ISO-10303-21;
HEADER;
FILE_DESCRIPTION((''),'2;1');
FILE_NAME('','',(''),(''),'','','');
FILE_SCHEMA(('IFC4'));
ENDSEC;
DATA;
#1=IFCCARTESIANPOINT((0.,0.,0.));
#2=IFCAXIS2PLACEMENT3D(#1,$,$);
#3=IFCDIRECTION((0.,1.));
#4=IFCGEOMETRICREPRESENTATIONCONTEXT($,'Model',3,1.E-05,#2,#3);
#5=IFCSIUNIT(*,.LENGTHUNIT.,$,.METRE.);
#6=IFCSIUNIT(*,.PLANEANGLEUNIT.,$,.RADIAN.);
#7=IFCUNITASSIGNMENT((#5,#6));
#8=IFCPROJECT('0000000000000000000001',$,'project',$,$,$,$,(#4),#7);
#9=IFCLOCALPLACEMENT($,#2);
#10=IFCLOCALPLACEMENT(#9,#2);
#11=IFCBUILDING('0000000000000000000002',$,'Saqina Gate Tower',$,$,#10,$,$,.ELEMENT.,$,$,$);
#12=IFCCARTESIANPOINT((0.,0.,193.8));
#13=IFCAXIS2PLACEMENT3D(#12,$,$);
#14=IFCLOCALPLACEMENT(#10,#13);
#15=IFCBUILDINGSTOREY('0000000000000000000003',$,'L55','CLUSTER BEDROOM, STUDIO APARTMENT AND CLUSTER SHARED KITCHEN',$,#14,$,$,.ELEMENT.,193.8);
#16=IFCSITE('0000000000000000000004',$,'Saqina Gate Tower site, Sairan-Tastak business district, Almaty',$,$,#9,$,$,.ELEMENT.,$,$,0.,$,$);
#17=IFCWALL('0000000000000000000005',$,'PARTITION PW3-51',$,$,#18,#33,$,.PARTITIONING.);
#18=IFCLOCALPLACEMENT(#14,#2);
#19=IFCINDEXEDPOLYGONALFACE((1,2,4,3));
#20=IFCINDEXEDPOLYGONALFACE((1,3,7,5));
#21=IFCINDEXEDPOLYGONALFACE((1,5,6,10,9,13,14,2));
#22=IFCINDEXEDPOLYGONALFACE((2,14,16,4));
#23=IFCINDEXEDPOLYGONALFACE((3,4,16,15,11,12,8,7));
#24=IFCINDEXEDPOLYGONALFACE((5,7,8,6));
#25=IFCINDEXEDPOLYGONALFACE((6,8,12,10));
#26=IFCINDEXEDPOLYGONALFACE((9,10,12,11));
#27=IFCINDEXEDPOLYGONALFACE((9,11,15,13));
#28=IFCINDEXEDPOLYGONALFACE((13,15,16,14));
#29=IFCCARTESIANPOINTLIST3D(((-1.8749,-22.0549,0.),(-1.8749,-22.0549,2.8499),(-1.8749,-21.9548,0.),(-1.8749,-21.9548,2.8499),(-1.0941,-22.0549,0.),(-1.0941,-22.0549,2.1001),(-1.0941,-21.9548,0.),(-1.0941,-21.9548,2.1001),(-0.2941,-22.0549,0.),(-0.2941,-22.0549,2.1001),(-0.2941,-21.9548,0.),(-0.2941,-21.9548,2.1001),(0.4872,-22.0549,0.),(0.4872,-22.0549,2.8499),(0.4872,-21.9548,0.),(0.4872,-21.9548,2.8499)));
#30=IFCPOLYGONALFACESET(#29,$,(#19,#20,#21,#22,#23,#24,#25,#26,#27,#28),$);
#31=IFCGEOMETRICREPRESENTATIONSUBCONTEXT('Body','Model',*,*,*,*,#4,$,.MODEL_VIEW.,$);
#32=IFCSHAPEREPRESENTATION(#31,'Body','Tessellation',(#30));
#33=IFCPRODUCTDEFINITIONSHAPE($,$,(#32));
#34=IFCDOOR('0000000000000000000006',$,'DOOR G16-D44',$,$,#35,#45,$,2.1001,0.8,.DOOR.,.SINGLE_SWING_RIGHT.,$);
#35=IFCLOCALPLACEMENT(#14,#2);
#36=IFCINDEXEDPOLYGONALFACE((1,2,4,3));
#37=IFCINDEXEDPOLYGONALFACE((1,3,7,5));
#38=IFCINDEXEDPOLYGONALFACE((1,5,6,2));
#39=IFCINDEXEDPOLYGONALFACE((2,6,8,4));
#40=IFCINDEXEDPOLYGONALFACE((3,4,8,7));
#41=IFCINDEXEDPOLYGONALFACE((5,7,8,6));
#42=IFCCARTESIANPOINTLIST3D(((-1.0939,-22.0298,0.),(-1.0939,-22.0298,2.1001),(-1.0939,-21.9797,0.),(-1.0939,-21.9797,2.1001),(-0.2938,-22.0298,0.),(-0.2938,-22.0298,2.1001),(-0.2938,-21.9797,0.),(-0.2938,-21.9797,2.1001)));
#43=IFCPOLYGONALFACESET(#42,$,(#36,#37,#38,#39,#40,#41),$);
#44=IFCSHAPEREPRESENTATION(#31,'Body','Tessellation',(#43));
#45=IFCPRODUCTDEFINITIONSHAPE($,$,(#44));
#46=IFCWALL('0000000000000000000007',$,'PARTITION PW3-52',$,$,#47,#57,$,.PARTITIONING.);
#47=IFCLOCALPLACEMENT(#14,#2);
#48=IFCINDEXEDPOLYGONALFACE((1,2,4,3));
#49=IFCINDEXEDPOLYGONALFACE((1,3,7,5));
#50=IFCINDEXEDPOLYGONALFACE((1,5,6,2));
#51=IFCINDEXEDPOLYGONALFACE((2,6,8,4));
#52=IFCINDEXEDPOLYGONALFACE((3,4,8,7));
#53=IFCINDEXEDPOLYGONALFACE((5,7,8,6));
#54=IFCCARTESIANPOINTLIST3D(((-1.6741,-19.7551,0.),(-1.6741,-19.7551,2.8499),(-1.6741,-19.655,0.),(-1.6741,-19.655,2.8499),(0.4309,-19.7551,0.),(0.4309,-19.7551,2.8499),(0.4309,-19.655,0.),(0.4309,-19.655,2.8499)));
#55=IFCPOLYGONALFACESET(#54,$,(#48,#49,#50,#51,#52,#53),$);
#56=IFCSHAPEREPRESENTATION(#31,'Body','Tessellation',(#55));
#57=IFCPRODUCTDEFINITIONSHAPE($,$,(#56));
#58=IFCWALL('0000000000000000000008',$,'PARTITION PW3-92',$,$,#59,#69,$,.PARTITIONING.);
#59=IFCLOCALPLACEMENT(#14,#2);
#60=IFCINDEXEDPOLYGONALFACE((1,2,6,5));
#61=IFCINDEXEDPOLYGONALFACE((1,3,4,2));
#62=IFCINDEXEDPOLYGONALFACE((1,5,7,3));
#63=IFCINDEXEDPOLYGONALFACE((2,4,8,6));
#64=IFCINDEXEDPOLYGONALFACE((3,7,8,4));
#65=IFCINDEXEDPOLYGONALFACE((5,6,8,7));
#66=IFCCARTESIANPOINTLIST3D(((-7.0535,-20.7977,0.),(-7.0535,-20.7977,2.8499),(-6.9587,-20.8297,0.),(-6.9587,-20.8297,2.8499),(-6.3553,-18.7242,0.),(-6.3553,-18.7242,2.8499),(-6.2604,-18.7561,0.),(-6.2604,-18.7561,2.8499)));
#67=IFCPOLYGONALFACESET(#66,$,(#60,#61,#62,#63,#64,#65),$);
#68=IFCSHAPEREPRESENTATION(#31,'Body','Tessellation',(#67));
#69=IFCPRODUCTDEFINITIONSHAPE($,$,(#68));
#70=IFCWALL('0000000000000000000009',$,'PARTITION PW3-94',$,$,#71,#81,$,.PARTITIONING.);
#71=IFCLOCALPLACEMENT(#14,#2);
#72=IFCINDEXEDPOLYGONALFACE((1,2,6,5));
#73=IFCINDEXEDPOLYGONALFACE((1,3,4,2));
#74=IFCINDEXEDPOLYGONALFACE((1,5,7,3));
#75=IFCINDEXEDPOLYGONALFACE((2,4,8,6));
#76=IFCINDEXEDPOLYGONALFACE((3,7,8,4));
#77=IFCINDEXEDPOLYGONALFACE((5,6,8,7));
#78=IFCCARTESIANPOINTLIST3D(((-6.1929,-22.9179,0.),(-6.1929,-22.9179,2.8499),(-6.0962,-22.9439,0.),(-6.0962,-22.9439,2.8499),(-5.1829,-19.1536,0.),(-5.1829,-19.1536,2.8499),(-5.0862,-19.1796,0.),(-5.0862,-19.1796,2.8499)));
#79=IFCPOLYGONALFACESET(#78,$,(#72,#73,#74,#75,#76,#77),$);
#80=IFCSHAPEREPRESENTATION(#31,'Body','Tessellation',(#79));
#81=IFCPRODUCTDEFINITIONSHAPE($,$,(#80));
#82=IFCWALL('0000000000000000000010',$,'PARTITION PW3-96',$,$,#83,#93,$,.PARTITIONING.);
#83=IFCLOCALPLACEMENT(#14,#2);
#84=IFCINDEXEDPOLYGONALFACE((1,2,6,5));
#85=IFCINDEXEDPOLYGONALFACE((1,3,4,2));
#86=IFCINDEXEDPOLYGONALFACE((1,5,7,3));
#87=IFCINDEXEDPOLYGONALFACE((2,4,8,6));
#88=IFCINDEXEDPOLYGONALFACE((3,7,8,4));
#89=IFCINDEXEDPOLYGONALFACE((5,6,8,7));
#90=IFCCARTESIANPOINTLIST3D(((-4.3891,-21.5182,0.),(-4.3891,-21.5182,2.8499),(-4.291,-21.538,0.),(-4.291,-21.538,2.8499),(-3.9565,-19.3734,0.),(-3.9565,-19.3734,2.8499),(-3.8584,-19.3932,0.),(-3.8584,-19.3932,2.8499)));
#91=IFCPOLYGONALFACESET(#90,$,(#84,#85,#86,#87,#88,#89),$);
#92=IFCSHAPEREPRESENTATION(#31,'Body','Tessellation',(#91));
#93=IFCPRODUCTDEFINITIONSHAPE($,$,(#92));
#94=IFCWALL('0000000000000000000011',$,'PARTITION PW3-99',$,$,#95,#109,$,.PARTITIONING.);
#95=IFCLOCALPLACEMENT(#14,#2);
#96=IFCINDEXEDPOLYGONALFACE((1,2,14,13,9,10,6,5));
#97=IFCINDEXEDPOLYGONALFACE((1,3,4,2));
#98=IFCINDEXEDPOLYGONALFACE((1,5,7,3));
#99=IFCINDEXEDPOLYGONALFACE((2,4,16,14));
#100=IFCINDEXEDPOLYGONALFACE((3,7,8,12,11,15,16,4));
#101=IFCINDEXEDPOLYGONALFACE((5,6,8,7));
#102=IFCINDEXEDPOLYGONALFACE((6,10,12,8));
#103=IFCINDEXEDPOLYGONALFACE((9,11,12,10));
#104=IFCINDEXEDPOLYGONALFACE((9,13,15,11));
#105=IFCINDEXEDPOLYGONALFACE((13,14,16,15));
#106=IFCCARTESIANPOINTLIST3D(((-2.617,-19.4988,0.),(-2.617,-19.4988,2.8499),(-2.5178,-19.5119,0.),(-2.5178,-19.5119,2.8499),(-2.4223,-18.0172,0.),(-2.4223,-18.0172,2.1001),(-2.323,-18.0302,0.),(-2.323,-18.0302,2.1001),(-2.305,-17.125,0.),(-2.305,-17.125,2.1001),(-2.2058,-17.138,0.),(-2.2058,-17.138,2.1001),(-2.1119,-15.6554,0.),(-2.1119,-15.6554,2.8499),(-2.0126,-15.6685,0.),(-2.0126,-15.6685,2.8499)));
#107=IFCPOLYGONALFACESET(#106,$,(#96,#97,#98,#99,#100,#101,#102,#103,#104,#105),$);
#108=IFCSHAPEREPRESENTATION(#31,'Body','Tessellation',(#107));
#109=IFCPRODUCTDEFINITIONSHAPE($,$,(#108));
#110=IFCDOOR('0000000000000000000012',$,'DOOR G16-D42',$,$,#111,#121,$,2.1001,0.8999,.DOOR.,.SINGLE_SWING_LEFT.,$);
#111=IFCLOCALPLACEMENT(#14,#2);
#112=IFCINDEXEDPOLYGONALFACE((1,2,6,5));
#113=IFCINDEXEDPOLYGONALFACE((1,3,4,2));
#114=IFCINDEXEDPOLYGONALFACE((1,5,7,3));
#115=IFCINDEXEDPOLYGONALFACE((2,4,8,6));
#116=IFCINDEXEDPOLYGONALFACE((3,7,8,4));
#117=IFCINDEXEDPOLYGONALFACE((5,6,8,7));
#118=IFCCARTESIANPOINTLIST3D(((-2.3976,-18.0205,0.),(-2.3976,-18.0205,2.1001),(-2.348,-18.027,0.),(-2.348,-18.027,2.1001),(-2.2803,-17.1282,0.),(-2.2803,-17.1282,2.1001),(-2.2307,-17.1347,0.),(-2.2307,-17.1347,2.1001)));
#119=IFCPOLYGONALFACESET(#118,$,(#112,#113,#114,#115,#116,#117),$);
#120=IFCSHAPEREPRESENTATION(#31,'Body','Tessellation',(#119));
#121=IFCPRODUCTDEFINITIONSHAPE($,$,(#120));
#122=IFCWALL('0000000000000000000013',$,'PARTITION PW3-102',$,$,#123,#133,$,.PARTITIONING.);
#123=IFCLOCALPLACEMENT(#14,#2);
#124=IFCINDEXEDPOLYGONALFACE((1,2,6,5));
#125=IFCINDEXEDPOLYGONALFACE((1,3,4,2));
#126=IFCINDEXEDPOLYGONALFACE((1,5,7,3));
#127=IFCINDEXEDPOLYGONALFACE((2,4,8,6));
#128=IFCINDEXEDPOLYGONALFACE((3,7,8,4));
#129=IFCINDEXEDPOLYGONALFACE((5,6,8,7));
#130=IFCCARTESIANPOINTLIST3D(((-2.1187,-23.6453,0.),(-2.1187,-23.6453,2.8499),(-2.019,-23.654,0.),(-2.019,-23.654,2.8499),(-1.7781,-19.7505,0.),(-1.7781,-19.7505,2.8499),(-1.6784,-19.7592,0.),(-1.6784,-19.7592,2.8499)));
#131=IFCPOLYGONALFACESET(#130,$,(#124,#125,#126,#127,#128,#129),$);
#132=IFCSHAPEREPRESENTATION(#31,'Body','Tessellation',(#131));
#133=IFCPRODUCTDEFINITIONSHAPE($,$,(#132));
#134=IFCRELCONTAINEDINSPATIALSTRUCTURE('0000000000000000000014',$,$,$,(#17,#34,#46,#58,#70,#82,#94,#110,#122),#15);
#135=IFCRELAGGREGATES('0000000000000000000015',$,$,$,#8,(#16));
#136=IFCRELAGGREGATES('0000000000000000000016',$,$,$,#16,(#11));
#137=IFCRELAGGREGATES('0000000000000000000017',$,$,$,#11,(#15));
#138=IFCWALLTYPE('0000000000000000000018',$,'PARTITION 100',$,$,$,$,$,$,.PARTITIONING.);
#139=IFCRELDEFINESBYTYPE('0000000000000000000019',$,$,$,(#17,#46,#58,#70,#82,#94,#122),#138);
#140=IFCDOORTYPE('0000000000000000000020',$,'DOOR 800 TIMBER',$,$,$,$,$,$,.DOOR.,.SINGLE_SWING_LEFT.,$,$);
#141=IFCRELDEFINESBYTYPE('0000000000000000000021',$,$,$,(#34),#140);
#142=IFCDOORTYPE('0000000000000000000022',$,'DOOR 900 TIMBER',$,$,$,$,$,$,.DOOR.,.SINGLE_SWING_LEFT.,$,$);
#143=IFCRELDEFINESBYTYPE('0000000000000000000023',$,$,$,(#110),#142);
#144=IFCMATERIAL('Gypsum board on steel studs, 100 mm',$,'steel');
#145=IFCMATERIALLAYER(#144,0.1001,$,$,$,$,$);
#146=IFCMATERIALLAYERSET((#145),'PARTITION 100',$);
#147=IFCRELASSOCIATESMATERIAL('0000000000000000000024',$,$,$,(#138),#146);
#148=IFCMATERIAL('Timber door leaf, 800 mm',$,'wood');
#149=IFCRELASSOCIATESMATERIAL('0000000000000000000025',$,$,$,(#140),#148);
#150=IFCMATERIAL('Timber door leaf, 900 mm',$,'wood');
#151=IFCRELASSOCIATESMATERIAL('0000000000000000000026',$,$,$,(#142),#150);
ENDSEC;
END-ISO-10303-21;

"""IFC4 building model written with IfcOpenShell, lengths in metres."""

from ifc_helpers import new_model, si_unit, direction, frame, frame_2d, origin, place, context, subcontext, project, spatial, rectangle, extrude, material, layer, layer_set, type_object, element, fill, save


model = new_model("IFC4")

# Units and contexts
model_context = context("Model", 3, precision=1e-05, world=origin(), true_north=direction((0.0, 1.0)))
body_context = subcontext(model_context, "Body", "Model", "MODEL_VIEW")
ifc_project = project(units=[si_unit("LENGTHUNIT", "METRE"), si_unit("PLANEANGLEUNIT", "RADIAN")], contexts=[model_context])

# Site, building, storey
site_placement = place(None, origin())
site = spatial("IfcSite", under=ifc_project, at=site_placement, Name="Saqina Gate Tower site, Sairan-Tastak business district, Almaty", CompositionType="ELEMENT", RefElevation=0.0)
building_placement = place(site_placement, origin())
building = spatial("IfcBuilding", under=site, at=building_placement, Name="Saqina Gate Tower", CompositionType="ELEMENT")
storey_placement = place(building_placement, frame((0.0, 0.0, 193.8)))
storey = spatial("IfcBuildingStorey", under=building, at=storey_placement, Name="L55", Description="CLUSTER BEDROOM, STUDIO APARTMENT AND CLUSTER SHARED KITCHEN", CompositionType="ELEMENT", Elevation=193.8)

# Wall, opening, door
ifc_material_1 = material(Name="Gypsum board on steel studs, 100 mm", Category="steel")
ifc_layer_1 = layer(ifc_material_1, 0.1001)
ifc_layer_set_1 = layer_set([ifc_layer_1], Name="PARTITION 100")
wall_type_1 = type_object("IfcWallType", Name="PARTITION 100", PredefinedType="PARTITIONING", material=ifc_layer_set_1)
ifc_material_2 = material(Name="Timber door leaf, 800 mm", Category="wood")
door_type_1 = type_object("IfcDoorType", Name="DOOR 800 TIMBER", OperationType="SINGLE_SWING_LEFT", PredefinedType="DOOR", material=ifc_material_2)
wall_1_placement = place(storey_placement, frame((-1.875, -22.0049, 0.0), z_axis=(0.0, 0.0, 1.0), x_axis=(1.0, 0.0, 0.0)))
wall_1 = element("IfcWall", 1, at=wall_1_placement, inside=storey, type_object=wall_type_1, Name="PARTITION PW3-51", PredefinedType="PARTITIONING", context=body_context, shape_type="SweptSolid", body=[
    extrude(rectangle(XDim=2.3621, YDim=0.1001, at=frame_2d((1.1812, 0.0))), origin(), (0.0, 0.0, 1.0), 2.8499),
])
opening_1_placement = place(wall_1_placement, frame((0.781, 0.0, 0.0)))
opening_1 = element("IfcOpeningElement", 2, at=opening_1_placement, cuts=wall_1, PredefinedType="OPENING", context=body_context, shape_type="SweptSolid", body=[
    extrude(rectangle(XDim=0.8, YDim=2.1001, at=frame_2d((0.3999, 1.05))), frame((0.0, 0.062, 0.0), z_axis=(0.0, -1.0, 0.0), x_axis=(1.0, 0.0, 0.0)), (0.0, 0.0, 1.0), 0.124),
])
door_1_placement = place(opening_1_placement, frame((0.8, 0.0, 0.0), z_axis=(0.0, 0.0, 1.0), x_axis=(-1.0, 0.0, 0.0)))
door_1 = element("IfcDoor", 3, at=door_1_placement, inside=storey, type_object=door_type_1, Name="DOOR G16-D44", OperationType="SINGLE_SWING_RIGHT", OverallHeight=2.1001, OverallWidth=0.8, PredefinedType="DOOR", context=body_context, shape_type="SweptSolid", body=[
    extrude(rectangle(XDim=0.8, YDim=2.1001, at=frame_2d((0.3999, 1.05))), frame((0.0, 0.0249, 0.0), z_axis=(0.0, -1.0, 0.0), x_axis=(1.0, 0.0, 0.0)), (0.0, 0.0, 1.0), 0.05),
])
fill(opening_1, door_1)

# Walls
wall_2_placement = place(storey_placement, frame((-1.6741, -19.7051, 0.0), z_axis=(0.0, 0.0, 1.0), x_axis=(1.0, 0.0, 0.0)))
element("IfcWall", 4, at=wall_2_placement, inside=storey, type_object=wall_type_1, Name="PARTITION PW3-52", PredefinedType="PARTITIONING", context=body_context, shape_type="SweptSolid", body=[
    extrude(rectangle(XDim=2.105, YDim=0.1001, at=frame_2d((1.0525, 0.0))), origin(), (0.0, 0.0, 1.0), 2.8499),
])
wall_3_placement = place(storey_placement, frame((-7.0061, -20.8137, 0.0), z_axis=(0.0, 0.0, 1.0), x_axis=(0.319139, 0.947708, 0.0)))
element("IfcWall", 5, at=wall_3_placement, inside=storey, type_object=wall_type_1, Name="PARTITION PW3-92", PredefinedType="PARTITIONING", context=body_context, shape_type="SweptSolid", body=[
    extrude(rectangle(XDim=2.188, YDim=0.1001, at=frame_2d((1.094, 0.0))), origin(), (0.0, 0.0, 1.0), 2.8499),
])
wall_4_placement = place(storey_placement, frame((-6.1445, -22.9309, 0.0), z_axis=(0.0, 0.0, 1.0), x_axis=(0.25914, 0.96584, 0.0)))
element("IfcWall", 6, at=wall_4_placement, inside=storey, type_object=wall_type_1, Name="PARTITION PW3-94", PredefinedType="PARTITIONING", context=body_context, shape_type="SweptSolid", body=[
    extrude(rectangle(XDim=3.8975, YDim=0.1001, at=frame_2d((1.9487, 0.0))), origin(), (0.0, 0.0, 1.0), 2.8499),
])
wall_5_placement = place(storey_placement, frame((-4.3401, -21.5281, 0.0), z_axis=(0.0, 0.0, 1.0), x_axis=(0.197725, 0.980257, 0.0)))
element("IfcWall", 7, at=wall_5_placement, inside=storey, type_object=wall_type_1, Name="PARTITION PW3-96", PredefinedType="PARTITIONING", context=body_context, shape_type="SweptSolid", body=[
    extrude(rectangle(XDim=2.188, YDim=0.1001, at=frame_2d((1.094, 0.0))), origin(), (0.0, 0.0, 1.0), 2.8499),
])

# Wall, opening, door
wall_6_placement = place(storey_placement, frame((-2.5674, -19.5054, 0.0), z_axis=(0.0, 0.0, 1.0), x_axis=(0.130303, 0.991474, 0.0)))
wall_6 = element("IfcWall", 8, at=wall_6_placement, inside=storey, type_object=wall_type_1, Name="PARTITION PW3-99", PredefinedType="PARTITIONING", context=body_context, shape_type="SweptSolid", body=[
    extrude(rectangle(XDim=3.8765, YDim=0.1001, at=frame_2d((1.9382, 0.0))), origin(), (0.0, 0.0, 1.0), 2.8499),
])
opening_2_placement = place(wall_6_placement, frame((1.4944, 0.0, 0.0)))
opening_2 = element("IfcOpeningElement", 9, at=opening_2_placement, cuts=wall_6, PredefinedType="OPENING", context=body_context, shape_type="SweptSolid", body=[
    extrude(rectangle(XDim=0.8999, YDim=2.1001, at=frame_2d((0.45, 1.05))), frame((0.0, 0.062, 0.0), z_axis=(0.0, -1.0, 0.0), x_axis=(1.0, 0.0, 0.0)), (0.0, 0.0, 1.0), 0.124),
])
ifc_material_3 = material(Name="Timber door leaf, 900 mm", Category="wood")
door_type_2 = type_object("IfcDoorType", Name="DOOR 900 TIMBER", OperationType="SINGLE_SWING_LEFT", PredefinedType="DOOR", material=ifc_material_3)
door_2_placement = place(opening_2_placement, frame((0.8999, 0.0, 0.0), z_axis=(0.0, 0.0, 1.0), x_axis=(-1.0, 0.0, 0.0)))
door_2 = element("IfcDoor", 10, at=door_2_placement, inside=storey, type_object=door_type_2, Name="DOOR G16-D42", OperationType="SINGLE_SWING_LEFT", OverallHeight=2.1001, OverallWidth=0.8999, PredefinedType="DOOR", context=body_context, shape_type="SweptSolid", body=[
    extrude(rectangle(XDim=0.8999, YDim=2.1001, at=frame_2d((0.45, 1.05))), frame((0.0, 0.0249, 0.0), z_axis=(0.0, -1.0, 0.0), x_axis=(1.0, 0.0, 0.0)), (0.0, 0.0, 1.0), 0.05),
])
fill(opening_2, door_2)

# Wall
wall_7_placement = place(storey_placement, frame((-2.0688, -23.6497, 0.0), z_axis=(0.0, 0.0, 1.0), x_axis=(0.087112, 0.996199, 0.0)))
element("IfcWall", 11, at=wall_7_placement, inside=storey, type_object=wall_type_1, Name="PARTITION PW3-102", PredefinedType="PARTITIONING", context=body_context, shape_type="SweptSolid", body=[
    extrude(rectangle(XDim=3.9097, YDim=0.1001, at=frame_2d((1.9548, 0.0))), origin(), (0.0, 0.0, 1.0), 2.8499),
])

save(model, "model.ifc")
